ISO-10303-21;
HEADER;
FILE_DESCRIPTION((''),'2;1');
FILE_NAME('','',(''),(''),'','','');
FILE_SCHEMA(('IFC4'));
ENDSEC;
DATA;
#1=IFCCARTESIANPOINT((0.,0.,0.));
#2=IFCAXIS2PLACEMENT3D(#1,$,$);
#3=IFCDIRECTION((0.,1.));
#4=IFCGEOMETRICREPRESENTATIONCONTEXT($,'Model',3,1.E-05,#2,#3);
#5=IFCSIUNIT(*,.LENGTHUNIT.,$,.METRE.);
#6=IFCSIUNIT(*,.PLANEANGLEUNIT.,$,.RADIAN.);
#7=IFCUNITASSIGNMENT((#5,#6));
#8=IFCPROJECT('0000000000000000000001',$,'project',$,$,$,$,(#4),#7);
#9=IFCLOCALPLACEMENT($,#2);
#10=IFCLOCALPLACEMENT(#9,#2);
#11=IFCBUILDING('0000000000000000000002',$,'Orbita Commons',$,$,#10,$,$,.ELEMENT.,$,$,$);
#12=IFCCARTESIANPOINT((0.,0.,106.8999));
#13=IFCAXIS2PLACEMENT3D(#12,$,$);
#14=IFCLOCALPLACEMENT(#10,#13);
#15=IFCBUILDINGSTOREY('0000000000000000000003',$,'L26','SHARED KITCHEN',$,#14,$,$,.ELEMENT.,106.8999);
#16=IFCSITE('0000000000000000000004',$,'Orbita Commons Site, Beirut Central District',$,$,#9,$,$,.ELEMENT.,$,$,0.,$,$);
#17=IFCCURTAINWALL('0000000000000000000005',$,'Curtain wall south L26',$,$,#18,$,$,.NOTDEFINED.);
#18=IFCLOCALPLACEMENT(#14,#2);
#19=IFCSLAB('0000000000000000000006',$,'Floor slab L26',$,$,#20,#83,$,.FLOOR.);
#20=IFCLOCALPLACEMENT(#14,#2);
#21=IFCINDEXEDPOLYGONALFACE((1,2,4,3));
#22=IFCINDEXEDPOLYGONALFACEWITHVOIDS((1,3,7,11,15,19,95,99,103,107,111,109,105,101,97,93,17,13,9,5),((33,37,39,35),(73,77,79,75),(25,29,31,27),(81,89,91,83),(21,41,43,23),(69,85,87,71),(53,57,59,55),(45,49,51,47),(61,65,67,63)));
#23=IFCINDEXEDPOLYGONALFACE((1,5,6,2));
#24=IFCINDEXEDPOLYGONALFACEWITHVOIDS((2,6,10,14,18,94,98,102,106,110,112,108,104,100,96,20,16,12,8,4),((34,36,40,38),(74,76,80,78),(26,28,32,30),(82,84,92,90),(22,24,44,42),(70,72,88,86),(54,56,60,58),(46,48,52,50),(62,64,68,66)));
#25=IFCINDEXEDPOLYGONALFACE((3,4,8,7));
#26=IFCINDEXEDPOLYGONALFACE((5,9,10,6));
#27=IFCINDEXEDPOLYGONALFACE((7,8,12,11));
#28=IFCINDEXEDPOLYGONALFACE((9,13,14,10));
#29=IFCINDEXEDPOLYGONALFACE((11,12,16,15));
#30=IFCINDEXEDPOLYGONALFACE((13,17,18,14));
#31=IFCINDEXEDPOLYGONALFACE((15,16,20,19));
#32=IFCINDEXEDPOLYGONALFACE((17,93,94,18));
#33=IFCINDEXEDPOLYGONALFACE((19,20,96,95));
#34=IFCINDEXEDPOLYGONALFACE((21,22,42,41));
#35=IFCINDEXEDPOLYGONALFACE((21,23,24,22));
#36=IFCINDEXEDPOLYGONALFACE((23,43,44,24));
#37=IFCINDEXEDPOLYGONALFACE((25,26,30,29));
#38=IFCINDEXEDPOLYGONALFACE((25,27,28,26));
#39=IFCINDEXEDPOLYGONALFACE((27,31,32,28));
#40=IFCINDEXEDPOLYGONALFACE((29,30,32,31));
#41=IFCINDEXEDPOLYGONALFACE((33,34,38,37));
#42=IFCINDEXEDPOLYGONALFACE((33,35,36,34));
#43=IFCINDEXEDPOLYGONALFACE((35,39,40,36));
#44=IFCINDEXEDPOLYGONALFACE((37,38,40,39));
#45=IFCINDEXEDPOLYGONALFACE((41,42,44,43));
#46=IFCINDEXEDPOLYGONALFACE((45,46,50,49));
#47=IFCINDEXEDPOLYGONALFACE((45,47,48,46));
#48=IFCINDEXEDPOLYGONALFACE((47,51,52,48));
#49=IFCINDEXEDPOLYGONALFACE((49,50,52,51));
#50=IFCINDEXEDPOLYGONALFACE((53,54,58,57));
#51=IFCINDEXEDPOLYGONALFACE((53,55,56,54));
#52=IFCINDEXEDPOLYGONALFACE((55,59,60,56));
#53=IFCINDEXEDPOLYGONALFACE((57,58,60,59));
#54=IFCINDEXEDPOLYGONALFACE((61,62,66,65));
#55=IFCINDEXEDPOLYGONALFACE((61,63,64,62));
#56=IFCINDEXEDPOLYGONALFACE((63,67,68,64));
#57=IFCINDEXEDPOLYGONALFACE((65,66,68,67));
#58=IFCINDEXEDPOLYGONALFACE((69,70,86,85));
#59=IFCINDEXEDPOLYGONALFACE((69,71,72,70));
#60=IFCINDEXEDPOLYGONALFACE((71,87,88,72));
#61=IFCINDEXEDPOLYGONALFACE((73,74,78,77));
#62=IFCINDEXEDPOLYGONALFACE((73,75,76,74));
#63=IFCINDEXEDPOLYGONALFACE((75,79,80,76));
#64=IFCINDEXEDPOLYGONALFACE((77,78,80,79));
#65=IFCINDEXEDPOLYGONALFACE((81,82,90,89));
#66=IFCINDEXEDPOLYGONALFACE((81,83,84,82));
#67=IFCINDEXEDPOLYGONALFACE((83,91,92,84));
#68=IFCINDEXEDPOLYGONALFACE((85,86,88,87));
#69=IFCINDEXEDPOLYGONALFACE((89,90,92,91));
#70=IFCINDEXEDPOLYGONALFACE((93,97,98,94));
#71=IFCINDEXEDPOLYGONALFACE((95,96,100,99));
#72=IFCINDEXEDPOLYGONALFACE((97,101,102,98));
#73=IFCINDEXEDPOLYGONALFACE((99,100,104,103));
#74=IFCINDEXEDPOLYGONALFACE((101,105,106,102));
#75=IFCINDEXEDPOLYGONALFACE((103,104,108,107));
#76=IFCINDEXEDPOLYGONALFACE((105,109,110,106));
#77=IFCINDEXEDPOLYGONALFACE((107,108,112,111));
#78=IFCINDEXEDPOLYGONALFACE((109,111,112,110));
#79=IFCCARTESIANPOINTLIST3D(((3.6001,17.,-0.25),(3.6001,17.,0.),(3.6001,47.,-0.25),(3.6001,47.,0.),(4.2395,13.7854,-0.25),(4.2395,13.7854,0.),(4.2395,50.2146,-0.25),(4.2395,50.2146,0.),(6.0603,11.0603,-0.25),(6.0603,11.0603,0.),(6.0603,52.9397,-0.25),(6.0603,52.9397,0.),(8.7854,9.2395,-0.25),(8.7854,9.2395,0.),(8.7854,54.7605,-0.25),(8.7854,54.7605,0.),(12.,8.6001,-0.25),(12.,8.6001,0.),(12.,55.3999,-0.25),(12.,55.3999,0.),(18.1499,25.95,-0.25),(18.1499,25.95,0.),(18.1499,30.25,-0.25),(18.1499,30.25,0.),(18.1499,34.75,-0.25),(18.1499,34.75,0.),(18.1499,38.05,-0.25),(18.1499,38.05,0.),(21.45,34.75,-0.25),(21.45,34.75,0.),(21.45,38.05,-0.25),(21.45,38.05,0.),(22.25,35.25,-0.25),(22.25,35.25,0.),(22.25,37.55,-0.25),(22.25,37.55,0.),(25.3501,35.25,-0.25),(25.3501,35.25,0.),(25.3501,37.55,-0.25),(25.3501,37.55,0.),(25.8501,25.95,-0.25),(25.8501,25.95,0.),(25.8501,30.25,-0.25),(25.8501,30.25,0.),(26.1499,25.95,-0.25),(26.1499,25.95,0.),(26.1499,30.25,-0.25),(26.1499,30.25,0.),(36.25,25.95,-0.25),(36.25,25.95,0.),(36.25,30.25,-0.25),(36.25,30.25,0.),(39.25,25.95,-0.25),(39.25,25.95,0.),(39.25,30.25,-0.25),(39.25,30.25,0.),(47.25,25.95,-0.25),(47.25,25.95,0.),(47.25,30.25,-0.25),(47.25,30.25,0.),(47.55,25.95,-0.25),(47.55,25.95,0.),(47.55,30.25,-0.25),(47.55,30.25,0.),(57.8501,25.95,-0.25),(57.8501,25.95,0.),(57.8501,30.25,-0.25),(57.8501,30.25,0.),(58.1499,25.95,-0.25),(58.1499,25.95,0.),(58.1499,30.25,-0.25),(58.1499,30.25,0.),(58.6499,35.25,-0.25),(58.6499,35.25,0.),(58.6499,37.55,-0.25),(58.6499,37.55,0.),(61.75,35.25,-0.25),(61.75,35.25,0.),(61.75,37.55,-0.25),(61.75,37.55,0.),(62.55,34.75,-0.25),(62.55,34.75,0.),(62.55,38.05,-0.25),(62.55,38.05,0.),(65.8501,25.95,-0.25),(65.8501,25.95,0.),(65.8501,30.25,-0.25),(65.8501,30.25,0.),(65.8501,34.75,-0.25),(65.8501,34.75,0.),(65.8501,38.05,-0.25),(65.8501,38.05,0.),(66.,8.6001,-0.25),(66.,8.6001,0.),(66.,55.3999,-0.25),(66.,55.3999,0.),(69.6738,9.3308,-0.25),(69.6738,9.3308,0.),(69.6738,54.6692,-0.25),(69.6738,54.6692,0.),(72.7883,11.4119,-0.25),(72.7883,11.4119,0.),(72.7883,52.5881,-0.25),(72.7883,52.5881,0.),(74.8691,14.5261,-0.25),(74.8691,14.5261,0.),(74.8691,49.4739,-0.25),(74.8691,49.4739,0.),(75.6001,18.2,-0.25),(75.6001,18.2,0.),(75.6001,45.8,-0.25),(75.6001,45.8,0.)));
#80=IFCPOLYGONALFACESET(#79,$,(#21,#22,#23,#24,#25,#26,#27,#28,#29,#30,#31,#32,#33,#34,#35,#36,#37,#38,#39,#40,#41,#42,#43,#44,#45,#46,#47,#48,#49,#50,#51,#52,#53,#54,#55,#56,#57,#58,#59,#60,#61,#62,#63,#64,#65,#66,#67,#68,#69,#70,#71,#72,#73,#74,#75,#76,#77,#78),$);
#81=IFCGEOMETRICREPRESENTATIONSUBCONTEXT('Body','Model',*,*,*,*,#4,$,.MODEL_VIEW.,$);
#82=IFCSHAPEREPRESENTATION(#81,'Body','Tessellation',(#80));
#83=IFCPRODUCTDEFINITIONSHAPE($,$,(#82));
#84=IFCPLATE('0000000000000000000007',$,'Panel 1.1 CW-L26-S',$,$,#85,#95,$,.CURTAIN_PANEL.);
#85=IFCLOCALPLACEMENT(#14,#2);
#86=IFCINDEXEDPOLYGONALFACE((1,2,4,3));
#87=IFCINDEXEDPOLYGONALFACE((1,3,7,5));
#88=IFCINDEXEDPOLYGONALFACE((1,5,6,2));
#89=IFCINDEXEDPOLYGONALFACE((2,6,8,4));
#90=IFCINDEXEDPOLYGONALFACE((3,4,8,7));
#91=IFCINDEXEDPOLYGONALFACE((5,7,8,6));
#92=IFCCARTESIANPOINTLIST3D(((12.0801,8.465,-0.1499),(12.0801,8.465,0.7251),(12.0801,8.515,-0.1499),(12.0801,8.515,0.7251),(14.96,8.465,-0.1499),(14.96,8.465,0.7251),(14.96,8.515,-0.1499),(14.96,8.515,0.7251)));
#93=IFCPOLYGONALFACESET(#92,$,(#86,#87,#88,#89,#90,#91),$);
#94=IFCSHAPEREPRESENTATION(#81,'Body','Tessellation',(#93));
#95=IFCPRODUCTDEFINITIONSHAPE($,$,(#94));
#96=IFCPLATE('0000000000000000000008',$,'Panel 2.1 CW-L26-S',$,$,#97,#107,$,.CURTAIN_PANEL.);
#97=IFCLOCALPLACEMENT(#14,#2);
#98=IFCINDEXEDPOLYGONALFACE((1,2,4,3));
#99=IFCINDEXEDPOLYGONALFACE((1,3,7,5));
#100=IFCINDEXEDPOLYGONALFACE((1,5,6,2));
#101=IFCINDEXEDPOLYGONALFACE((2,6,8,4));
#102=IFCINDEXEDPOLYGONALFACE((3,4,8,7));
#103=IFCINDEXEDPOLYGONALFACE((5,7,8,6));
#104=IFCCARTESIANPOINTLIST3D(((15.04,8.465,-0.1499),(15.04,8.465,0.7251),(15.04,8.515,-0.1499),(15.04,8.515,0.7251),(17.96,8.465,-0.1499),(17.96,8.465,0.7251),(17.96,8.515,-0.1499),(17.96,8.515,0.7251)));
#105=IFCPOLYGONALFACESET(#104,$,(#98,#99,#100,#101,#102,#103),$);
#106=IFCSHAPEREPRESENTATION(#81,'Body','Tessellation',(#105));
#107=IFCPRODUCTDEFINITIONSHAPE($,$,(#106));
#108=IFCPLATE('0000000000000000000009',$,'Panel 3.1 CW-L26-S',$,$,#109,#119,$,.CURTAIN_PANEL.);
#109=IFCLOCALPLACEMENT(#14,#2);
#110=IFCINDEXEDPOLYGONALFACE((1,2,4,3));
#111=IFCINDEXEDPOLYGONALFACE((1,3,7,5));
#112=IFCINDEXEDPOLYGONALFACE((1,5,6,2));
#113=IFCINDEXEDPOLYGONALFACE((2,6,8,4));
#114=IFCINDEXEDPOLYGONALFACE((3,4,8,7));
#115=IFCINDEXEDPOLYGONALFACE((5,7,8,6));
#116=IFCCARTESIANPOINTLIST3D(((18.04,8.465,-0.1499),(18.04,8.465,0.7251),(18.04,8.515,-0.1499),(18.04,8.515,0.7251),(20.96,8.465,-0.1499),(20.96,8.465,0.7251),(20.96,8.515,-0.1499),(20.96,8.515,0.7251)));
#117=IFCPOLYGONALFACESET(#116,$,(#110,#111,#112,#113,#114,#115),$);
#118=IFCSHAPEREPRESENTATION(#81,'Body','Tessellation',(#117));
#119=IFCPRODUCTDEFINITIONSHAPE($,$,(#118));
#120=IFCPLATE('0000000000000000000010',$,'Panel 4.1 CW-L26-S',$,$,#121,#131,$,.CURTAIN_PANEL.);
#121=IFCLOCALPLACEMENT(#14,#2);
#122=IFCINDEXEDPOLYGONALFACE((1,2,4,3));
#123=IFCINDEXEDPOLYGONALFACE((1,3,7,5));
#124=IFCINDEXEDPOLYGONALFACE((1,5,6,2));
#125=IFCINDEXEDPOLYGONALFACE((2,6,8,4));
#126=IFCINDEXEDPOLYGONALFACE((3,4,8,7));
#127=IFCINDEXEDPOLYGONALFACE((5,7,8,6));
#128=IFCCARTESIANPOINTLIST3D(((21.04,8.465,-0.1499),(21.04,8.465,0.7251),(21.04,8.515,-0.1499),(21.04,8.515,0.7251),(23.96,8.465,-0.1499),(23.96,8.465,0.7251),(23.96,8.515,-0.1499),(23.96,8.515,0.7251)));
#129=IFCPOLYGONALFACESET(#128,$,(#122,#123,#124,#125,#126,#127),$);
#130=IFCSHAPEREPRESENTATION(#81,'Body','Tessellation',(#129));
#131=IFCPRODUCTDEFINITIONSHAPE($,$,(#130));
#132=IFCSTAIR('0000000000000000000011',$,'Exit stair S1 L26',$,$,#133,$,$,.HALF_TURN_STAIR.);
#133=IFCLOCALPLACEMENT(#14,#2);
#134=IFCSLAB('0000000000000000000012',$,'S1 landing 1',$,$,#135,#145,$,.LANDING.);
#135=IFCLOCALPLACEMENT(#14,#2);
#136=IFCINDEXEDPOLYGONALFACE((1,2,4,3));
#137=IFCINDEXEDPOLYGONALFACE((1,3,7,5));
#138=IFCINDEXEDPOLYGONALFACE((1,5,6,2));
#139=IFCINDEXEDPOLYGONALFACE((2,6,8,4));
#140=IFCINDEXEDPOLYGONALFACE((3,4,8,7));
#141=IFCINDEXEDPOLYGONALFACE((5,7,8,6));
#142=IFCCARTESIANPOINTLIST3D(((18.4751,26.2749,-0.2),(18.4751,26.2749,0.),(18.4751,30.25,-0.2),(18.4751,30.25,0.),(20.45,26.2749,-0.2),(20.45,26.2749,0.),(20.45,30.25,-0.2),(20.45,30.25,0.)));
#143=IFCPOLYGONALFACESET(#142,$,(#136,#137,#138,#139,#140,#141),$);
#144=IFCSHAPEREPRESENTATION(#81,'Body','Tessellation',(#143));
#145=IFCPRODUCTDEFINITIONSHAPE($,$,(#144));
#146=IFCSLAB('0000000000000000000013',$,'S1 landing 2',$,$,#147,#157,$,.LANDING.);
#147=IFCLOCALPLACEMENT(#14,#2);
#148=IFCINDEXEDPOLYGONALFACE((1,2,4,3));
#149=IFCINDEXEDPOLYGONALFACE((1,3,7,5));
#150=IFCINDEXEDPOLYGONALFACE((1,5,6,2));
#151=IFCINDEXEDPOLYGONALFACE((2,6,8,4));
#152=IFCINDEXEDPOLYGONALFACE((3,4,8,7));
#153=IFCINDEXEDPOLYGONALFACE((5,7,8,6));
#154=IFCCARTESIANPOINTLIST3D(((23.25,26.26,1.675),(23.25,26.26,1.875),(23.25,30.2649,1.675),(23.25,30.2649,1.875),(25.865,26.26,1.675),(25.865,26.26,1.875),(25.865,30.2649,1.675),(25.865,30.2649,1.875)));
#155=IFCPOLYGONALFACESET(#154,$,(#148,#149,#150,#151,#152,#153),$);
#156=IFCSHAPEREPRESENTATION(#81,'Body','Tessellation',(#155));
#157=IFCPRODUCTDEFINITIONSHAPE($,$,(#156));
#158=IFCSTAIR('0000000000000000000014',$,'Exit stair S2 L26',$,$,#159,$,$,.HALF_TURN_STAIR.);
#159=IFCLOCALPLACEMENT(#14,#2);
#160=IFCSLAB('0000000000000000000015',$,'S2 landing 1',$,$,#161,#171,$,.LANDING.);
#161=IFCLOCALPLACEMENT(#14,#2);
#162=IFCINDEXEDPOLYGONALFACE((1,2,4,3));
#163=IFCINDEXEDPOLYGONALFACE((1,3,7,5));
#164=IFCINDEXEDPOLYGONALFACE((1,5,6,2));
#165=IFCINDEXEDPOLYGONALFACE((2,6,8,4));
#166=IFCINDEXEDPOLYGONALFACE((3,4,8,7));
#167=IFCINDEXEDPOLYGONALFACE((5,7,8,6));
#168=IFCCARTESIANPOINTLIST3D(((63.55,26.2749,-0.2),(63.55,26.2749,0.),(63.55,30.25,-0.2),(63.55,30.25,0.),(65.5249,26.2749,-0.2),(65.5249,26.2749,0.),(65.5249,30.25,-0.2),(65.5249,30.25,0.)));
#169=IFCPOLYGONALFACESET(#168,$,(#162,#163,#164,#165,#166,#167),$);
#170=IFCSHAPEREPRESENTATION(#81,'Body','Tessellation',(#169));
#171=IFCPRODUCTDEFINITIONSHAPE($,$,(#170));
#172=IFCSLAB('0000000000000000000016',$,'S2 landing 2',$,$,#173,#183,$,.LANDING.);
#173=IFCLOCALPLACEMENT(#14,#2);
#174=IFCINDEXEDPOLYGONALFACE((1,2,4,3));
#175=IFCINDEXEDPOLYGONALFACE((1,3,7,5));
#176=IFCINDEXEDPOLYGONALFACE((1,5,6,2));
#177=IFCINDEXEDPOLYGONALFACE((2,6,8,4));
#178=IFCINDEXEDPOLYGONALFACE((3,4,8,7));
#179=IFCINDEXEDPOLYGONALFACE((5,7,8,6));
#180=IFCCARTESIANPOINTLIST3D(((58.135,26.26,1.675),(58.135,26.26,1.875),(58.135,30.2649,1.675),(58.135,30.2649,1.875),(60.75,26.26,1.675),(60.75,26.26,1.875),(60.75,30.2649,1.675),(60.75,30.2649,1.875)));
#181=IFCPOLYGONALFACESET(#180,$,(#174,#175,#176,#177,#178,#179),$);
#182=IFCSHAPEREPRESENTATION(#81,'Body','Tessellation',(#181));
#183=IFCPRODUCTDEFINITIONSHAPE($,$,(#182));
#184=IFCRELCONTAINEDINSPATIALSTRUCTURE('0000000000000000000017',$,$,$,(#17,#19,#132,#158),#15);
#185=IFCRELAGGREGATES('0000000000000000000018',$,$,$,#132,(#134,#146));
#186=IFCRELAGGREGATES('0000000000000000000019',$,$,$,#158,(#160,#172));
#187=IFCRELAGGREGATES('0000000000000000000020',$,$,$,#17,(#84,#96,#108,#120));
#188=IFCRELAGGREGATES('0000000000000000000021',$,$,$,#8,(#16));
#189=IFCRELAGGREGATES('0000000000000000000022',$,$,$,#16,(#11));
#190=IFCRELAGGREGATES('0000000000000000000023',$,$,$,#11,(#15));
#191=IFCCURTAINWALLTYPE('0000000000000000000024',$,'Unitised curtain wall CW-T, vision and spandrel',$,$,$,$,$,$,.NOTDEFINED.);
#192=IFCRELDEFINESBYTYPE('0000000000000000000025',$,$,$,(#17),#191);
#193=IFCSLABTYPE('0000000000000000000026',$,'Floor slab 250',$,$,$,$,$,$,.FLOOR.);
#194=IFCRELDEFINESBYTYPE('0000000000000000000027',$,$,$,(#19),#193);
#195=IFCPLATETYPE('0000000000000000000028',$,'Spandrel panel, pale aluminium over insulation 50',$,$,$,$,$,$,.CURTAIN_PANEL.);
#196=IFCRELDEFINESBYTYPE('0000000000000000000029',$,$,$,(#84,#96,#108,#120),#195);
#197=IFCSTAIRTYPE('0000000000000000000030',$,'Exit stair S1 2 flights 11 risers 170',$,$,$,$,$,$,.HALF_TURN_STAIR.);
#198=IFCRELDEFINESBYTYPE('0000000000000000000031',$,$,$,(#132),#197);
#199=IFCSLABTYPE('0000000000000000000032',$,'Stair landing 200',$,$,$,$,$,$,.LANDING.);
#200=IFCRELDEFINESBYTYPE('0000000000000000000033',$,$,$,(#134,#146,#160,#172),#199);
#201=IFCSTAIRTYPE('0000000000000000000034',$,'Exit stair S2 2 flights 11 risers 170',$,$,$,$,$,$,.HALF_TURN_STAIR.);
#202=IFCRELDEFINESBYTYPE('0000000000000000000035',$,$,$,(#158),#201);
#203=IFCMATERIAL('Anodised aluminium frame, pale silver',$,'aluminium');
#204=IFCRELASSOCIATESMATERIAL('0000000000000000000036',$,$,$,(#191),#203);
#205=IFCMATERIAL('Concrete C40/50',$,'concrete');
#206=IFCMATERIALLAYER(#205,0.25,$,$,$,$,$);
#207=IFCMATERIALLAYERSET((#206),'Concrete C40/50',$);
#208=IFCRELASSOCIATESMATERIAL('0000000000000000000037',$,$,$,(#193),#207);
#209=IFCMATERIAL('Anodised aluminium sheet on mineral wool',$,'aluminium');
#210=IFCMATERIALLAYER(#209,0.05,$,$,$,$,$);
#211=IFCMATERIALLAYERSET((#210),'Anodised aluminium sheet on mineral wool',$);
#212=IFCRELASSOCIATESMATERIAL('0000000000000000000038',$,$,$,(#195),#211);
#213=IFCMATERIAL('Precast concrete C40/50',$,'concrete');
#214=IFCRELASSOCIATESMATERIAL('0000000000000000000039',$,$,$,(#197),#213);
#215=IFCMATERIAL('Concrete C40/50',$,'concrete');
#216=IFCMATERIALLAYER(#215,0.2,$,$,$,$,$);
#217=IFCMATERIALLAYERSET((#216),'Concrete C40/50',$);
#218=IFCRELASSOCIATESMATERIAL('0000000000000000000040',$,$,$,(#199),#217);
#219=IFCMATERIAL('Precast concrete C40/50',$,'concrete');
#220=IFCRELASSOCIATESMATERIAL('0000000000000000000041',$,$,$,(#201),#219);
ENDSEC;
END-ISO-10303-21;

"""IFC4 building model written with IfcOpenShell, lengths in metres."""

from ifc_helpers import new_model, si_unit, direction, frame, origin, origin_2d, place, context, subcontext, project, spatial, polyline, rectangle, outline, extrude, material, layer, layer_set, type_object, element, aggregate, save


model = new_model("IFC4")

# Units and contexts
model_context = context("Model", 3, precision=1e-05, world=origin(), true_north=direction((0.0, 1.0)))
body_context = subcontext(model_context, "Body", "Model", "MODEL_VIEW")
ifc_project = project(units=[si_unit("LENGTHUNIT", "METRE"), si_unit("PLANEANGLEUNIT", "RADIAN")], contexts=[model_context])

# Site, building, storey
site_placement = place(None, origin())
site = spatial("IfcSite", under=ifc_project, at=site_placement, Name="Orbita Commons Site, Beirut Central District", CompositionType="ELEMENT", RefElevation=0.0)
building_placement = place(site_placement, origin())
building = spatial("IfcBuilding", under=site, at=building_placement, Name="Orbita Commons", CompositionType="ELEMENT")
storey_placement = place(building_placement, frame((0.0, 0.0, 106.8999)))
storey = spatial("IfcBuildingStorey", under=building, at=storey_placement, Name="L26", Description="SHARED KITCHEN", CompositionType="ELEMENT", Elevation=106.8999)

# Curtain wall
ifc_material_1 = material(Name="Anodised aluminium frame, pale silver", Category="aluminium")
curtain_wall_type = type_object("IfcCurtainWallType", Name="Unitised curtain wall CW-T, vision and spandrel", PredefinedType="NOTDEFINED", material=ifc_material_1)
curtain_wall_placement = place(storey_placement, origin())
curtain_wall = element("IfcCurtainWall", 1, at=curtain_wall_placement, inside=storey, type_object=curtain_wall_type, Name="Curtain wall south L26", PredefinedType="NOTDEFINED")

# Slab
ifc_material_2 = material(Name="Concrete C40/50", Category="concrete")
ifc_layer_1 = layer(ifc_material_2, 0.25)
ifc_layer_set_1 = layer_set([ifc_layer_1], Name="Concrete C40/50")
slab_type_1 = type_object("IfcSlabType", Name="Floor slab 250", PredefinedType="FLOOR", material=ifc_layer_set_1)
slab_1_placement = place(storey_placement, frame((0.0, 0.0, -0.25)))
element("IfcSlab", 2, at=slab_1_placement, inside=storey, type_object=slab_type_1, Name="Floor slab L26", PredefinedType="FLOOR", context=body_context, shape_type="SweptSolid", body=[
    extrude(outline(polyline([(66.0, 8.6001), (69.6738, 9.3308), (72.7883, 11.4119), (74.8691, 14.5261), (75.6001, 18.2), (75.6001, 45.8), (74.8691, 49.4739), (72.7883, 52.5881), (69.6738, 54.6692), (66.0, 55.3999), (12.0, 55.3999), (8.7854, 54.7605), (6.0603, 52.9397), (4.2395, 50.2146), (3.6001, 47.0), (3.6001, 17.0), (4.2395, 13.7854), (6.0603, 11.0603), (8.7854, 9.2395), (12.0, 8.6001), (66.0, 8.6001)]), holes=[polyline([(18.1499, 25.95), (25.8501, 25.95), (25.8501, 30.25), (18.1499, 30.25), (18.1499, 25.95)]), polyline([(58.1499, 25.95), (65.8501, 25.95), (65.8501, 30.25), (58.1499, 30.25), (58.1499, 25.95)]), polyline([(18.1499, 34.75), (21.45, 34.75), (21.45, 38.05), (18.1499, 38.05), (18.1499, 34.75)]), polyline([(62.55, 34.75), (65.8501, 34.75), (65.8501, 38.05), (62.55, 38.05), (62.55, 34.75)]), polyline([(22.25, 35.25), (25.3501, 35.25), (25.3501, 37.55), (22.25, 37.55), (22.25, 35.25)]), polyline([(58.6499, 35.25), (61.75, 35.25), (61.75, 37.55), (58.6499, 37.55), (58.6499, 35.25)]), polyline([(26.1499, 25.95), (36.25, 25.95), (36.25, 30.25), (26.1499, 30.25), (26.1499, 25.95)]), polyline([(39.25, 25.95), (47.25, 25.95), (47.25, 30.25), (39.25, 30.25), (39.25, 25.95)]), polyline([(47.55, 25.95), (57.8501, 25.95), (57.8501, 30.25), (47.55, 30.25), (47.55, 25.95)])]), origin(), (0.0, 0.0, 1.0), 0.25),
])

# Plates
ifc_material_3 = material(Name="Anodised aluminium sheet on mineral wool", Category="aluminium")
ifc_layer_2 = layer(ifc_material_3, 0.05)
ifc_layer_set_2 = layer_set([ifc_layer_2], Name="Anodised aluminium sheet on mineral wool")
plate_type_1 = type_object("IfcPlateType", Name="Spandrel panel, pale aluminium over insulation 50", PredefinedType="CURTAIN_PANEL", material=ifc_layer_set_2)
plate_1_placement = place(storey_placement, frame((13.52, 8.49, -0.1499), z_axis=(0.0, 0.0, 1.0), x_axis=(1.0, 0.0, 0.0)))
plate_1 = element("IfcPlate", 3, at=plate_1_placement, type_object=plate_type_1, Name="Panel 1.1 CW-L26-S", PredefinedType="CURTAIN_PANEL", context=body_context, shape_type="SweptSolid", body=[
    extrude(rectangle(XDim=2.8799, YDim=0.05, at=origin_2d()), origin(), (0.0, 0.0, 1.0), 0.875),
])
plate_2_placement = place(storey_placement, frame((16.5, 8.49, -0.1499), z_axis=(0.0, 0.0, 1.0), x_axis=(1.0, 0.0, 0.0)))
plate_2 = element("IfcPlate", 4, at=plate_2_placement, type_object=plate_type_1, Name="Panel 2.1 CW-L26-S", PredefinedType="CURTAIN_PANEL", context=body_context, shape_type="SweptSolid", body=[
    extrude(rectangle(XDim=2.9199, YDim=0.05, at=origin_2d()), origin(), (0.0, 0.0, 1.0), 0.875),
])
plate_3_placement = place(storey_placement, frame((19.5, 8.49, -0.1499), z_axis=(0.0, 0.0, 1.0), x_axis=(1.0, 0.0, 0.0)))
plate_3 = element("IfcPlate", 5, at=plate_3_placement, type_object=plate_type_1, Name="Panel 3.1 CW-L26-S", PredefinedType="CURTAIN_PANEL", context=body_context, shape_type="SweptSolid", body=[
    extrude(rectangle(XDim=2.9199, YDim=0.05, at=origin_2d()), origin(), (0.0, 0.0, 1.0), 0.875),
])
plate_4_placement = place(storey_placement, frame((22.5, 8.49, -0.1499), z_axis=(0.0, 0.0, 1.0), x_axis=(1.0, 0.0, 0.0)))
plate_4 = element("IfcPlate", 6, at=plate_4_placement, type_object=plate_type_1, Name="Panel 4.1 CW-L26-S", PredefinedType="CURTAIN_PANEL", context=body_context, shape_type="SweptSolid", body=[
    extrude(rectangle(XDim=2.9199, YDim=0.05, at=origin_2d()), origin(), (0.0, 0.0, 1.0), 0.875),
])

# Stairs, slabs
ifc_material_4 = material(Name="Precast concrete C40/50", Category="concrete")
stair_type_1 = type_object("IfcStairType", Name="Exit stair S1 2 flights 11 risers 170", PredefinedType="HALF_TURN_STAIR", material=ifc_material_4)
stair_1_placement = place(storey_placement, origin())
stair_1 = element("IfcStair", 7, at=stair_1_placement, inside=storey, type_object=stair_type_1, Name="Exit stair S1 L26", PredefinedType="HALF_TURN_STAIR")
ifc_material_5 = material(Name="Concrete C40/50", Category="concrete")
ifc_layer_3 = layer(ifc_material_5, 0.2)
ifc_layer_set_3 = layer_set([ifc_layer_3], Name="Concrete C40/50")
slab_type_2 = type_object("IfcSlabType", Name="Stair landing 200", PredefinedType="LANDING", material=ifc_layer_set_3)
slab_2_placement = place(storey_placement, frame((0.0, 0.0, -0.2)))
slab_2 = element("IfcSlab", 8, at=slab_2_placement, type_object=slab_type_2, Name="S1 landing 1", PredefinedType="LANDING", context=body_context, shape_type="SweptSolid", body=[
    extrude(outline(polyline([(18.4751, 26.2749), (20.45, 26.2749), (20.45, 30.25), (18.4751, 30.25), (18.4751, 26.2749)])), origin(), (0.0, 0.0, 1.0), 0.2),
])
slab_3_placement = place(storey_placement, frame((0.0, 0.0, 1.675)))
slab_3 = element("IfcSlab", 9, at=slab_3_placement, type_object=slab_type_2, Name="S1 landing 2", PredefinedType="LANDING", context=body_context, shape_type="SweptSolid", body=[
    extrude(outline(polyline([(23.25, 26.26), (25.865, 26.26), (25.865, 30.2649), (23.25, 30.2649), (23.25, 26.26)])), origin(), (0.0, 0.0, 1.0), 0.2),
])
aggregate(stair_1, [slab_2, slab_3])
ifc_material_6 = material(Name="Precast concrete C40/50", Category="concrete")
stair_type_2 = type_object("IfcStairType", Name="Exit stair S2 2 flights 11 risers 170", PredefinedType="HALF_TURN_STAIR", material=ifc_material_6)
stair_2_placement = place(storey_placement, origin())
stair_2 = element("IfcStair", 10, at=stair_2_placement, inside=storey, type_object=stair_type_2, Name="Exit stair S2 L26", PredefinedType="HALF_TURN_STAIR")
slab_4_placement = place(storey_placement, frame((0.0, 0.0, -0.2)))
slab_4 = element("IfcSlab", 11, at=slab_4_placement, type_object=slab_type_2, Name="S2 landing 1", PredefinedType="LANDING", context=body_context, shape_type="SweptSolid", body=[
    extrude(outline(polyline([(63.55, 26.2749), (65.5249, 26.2749), (65.5249, 30.25), (63.55, 30.25), (63.55, 26.2749)])), origin(), (0.0, 0.0, 1.0), 0.2),
])
slab_5_placement = place(storey_placement, frame((0.0, 0.0, 1.675)))
slab_5 = element("IfcSlab", 12, at=slab_5_placement, type_object=slab_type_2, Name="S2 landing 2", PredefinedType="LANDING", context=body_context, shape_type="SweptSolid", body=[
    extrude(outline(polyline([(58.135, 26.26), (60.75, 26.26), (60.75, 30.2649), (58.135, 30.2649), (58.135, 26.26)])), origin(), (0.0, 0.0, 1.0), 0.2),
])
aggregate(stair_2, [slab_4, slab_5])

aggregate(curtain_wall, [plate_1, plate_2, plate_3, plate_4])

save(model, "model.ifc")
